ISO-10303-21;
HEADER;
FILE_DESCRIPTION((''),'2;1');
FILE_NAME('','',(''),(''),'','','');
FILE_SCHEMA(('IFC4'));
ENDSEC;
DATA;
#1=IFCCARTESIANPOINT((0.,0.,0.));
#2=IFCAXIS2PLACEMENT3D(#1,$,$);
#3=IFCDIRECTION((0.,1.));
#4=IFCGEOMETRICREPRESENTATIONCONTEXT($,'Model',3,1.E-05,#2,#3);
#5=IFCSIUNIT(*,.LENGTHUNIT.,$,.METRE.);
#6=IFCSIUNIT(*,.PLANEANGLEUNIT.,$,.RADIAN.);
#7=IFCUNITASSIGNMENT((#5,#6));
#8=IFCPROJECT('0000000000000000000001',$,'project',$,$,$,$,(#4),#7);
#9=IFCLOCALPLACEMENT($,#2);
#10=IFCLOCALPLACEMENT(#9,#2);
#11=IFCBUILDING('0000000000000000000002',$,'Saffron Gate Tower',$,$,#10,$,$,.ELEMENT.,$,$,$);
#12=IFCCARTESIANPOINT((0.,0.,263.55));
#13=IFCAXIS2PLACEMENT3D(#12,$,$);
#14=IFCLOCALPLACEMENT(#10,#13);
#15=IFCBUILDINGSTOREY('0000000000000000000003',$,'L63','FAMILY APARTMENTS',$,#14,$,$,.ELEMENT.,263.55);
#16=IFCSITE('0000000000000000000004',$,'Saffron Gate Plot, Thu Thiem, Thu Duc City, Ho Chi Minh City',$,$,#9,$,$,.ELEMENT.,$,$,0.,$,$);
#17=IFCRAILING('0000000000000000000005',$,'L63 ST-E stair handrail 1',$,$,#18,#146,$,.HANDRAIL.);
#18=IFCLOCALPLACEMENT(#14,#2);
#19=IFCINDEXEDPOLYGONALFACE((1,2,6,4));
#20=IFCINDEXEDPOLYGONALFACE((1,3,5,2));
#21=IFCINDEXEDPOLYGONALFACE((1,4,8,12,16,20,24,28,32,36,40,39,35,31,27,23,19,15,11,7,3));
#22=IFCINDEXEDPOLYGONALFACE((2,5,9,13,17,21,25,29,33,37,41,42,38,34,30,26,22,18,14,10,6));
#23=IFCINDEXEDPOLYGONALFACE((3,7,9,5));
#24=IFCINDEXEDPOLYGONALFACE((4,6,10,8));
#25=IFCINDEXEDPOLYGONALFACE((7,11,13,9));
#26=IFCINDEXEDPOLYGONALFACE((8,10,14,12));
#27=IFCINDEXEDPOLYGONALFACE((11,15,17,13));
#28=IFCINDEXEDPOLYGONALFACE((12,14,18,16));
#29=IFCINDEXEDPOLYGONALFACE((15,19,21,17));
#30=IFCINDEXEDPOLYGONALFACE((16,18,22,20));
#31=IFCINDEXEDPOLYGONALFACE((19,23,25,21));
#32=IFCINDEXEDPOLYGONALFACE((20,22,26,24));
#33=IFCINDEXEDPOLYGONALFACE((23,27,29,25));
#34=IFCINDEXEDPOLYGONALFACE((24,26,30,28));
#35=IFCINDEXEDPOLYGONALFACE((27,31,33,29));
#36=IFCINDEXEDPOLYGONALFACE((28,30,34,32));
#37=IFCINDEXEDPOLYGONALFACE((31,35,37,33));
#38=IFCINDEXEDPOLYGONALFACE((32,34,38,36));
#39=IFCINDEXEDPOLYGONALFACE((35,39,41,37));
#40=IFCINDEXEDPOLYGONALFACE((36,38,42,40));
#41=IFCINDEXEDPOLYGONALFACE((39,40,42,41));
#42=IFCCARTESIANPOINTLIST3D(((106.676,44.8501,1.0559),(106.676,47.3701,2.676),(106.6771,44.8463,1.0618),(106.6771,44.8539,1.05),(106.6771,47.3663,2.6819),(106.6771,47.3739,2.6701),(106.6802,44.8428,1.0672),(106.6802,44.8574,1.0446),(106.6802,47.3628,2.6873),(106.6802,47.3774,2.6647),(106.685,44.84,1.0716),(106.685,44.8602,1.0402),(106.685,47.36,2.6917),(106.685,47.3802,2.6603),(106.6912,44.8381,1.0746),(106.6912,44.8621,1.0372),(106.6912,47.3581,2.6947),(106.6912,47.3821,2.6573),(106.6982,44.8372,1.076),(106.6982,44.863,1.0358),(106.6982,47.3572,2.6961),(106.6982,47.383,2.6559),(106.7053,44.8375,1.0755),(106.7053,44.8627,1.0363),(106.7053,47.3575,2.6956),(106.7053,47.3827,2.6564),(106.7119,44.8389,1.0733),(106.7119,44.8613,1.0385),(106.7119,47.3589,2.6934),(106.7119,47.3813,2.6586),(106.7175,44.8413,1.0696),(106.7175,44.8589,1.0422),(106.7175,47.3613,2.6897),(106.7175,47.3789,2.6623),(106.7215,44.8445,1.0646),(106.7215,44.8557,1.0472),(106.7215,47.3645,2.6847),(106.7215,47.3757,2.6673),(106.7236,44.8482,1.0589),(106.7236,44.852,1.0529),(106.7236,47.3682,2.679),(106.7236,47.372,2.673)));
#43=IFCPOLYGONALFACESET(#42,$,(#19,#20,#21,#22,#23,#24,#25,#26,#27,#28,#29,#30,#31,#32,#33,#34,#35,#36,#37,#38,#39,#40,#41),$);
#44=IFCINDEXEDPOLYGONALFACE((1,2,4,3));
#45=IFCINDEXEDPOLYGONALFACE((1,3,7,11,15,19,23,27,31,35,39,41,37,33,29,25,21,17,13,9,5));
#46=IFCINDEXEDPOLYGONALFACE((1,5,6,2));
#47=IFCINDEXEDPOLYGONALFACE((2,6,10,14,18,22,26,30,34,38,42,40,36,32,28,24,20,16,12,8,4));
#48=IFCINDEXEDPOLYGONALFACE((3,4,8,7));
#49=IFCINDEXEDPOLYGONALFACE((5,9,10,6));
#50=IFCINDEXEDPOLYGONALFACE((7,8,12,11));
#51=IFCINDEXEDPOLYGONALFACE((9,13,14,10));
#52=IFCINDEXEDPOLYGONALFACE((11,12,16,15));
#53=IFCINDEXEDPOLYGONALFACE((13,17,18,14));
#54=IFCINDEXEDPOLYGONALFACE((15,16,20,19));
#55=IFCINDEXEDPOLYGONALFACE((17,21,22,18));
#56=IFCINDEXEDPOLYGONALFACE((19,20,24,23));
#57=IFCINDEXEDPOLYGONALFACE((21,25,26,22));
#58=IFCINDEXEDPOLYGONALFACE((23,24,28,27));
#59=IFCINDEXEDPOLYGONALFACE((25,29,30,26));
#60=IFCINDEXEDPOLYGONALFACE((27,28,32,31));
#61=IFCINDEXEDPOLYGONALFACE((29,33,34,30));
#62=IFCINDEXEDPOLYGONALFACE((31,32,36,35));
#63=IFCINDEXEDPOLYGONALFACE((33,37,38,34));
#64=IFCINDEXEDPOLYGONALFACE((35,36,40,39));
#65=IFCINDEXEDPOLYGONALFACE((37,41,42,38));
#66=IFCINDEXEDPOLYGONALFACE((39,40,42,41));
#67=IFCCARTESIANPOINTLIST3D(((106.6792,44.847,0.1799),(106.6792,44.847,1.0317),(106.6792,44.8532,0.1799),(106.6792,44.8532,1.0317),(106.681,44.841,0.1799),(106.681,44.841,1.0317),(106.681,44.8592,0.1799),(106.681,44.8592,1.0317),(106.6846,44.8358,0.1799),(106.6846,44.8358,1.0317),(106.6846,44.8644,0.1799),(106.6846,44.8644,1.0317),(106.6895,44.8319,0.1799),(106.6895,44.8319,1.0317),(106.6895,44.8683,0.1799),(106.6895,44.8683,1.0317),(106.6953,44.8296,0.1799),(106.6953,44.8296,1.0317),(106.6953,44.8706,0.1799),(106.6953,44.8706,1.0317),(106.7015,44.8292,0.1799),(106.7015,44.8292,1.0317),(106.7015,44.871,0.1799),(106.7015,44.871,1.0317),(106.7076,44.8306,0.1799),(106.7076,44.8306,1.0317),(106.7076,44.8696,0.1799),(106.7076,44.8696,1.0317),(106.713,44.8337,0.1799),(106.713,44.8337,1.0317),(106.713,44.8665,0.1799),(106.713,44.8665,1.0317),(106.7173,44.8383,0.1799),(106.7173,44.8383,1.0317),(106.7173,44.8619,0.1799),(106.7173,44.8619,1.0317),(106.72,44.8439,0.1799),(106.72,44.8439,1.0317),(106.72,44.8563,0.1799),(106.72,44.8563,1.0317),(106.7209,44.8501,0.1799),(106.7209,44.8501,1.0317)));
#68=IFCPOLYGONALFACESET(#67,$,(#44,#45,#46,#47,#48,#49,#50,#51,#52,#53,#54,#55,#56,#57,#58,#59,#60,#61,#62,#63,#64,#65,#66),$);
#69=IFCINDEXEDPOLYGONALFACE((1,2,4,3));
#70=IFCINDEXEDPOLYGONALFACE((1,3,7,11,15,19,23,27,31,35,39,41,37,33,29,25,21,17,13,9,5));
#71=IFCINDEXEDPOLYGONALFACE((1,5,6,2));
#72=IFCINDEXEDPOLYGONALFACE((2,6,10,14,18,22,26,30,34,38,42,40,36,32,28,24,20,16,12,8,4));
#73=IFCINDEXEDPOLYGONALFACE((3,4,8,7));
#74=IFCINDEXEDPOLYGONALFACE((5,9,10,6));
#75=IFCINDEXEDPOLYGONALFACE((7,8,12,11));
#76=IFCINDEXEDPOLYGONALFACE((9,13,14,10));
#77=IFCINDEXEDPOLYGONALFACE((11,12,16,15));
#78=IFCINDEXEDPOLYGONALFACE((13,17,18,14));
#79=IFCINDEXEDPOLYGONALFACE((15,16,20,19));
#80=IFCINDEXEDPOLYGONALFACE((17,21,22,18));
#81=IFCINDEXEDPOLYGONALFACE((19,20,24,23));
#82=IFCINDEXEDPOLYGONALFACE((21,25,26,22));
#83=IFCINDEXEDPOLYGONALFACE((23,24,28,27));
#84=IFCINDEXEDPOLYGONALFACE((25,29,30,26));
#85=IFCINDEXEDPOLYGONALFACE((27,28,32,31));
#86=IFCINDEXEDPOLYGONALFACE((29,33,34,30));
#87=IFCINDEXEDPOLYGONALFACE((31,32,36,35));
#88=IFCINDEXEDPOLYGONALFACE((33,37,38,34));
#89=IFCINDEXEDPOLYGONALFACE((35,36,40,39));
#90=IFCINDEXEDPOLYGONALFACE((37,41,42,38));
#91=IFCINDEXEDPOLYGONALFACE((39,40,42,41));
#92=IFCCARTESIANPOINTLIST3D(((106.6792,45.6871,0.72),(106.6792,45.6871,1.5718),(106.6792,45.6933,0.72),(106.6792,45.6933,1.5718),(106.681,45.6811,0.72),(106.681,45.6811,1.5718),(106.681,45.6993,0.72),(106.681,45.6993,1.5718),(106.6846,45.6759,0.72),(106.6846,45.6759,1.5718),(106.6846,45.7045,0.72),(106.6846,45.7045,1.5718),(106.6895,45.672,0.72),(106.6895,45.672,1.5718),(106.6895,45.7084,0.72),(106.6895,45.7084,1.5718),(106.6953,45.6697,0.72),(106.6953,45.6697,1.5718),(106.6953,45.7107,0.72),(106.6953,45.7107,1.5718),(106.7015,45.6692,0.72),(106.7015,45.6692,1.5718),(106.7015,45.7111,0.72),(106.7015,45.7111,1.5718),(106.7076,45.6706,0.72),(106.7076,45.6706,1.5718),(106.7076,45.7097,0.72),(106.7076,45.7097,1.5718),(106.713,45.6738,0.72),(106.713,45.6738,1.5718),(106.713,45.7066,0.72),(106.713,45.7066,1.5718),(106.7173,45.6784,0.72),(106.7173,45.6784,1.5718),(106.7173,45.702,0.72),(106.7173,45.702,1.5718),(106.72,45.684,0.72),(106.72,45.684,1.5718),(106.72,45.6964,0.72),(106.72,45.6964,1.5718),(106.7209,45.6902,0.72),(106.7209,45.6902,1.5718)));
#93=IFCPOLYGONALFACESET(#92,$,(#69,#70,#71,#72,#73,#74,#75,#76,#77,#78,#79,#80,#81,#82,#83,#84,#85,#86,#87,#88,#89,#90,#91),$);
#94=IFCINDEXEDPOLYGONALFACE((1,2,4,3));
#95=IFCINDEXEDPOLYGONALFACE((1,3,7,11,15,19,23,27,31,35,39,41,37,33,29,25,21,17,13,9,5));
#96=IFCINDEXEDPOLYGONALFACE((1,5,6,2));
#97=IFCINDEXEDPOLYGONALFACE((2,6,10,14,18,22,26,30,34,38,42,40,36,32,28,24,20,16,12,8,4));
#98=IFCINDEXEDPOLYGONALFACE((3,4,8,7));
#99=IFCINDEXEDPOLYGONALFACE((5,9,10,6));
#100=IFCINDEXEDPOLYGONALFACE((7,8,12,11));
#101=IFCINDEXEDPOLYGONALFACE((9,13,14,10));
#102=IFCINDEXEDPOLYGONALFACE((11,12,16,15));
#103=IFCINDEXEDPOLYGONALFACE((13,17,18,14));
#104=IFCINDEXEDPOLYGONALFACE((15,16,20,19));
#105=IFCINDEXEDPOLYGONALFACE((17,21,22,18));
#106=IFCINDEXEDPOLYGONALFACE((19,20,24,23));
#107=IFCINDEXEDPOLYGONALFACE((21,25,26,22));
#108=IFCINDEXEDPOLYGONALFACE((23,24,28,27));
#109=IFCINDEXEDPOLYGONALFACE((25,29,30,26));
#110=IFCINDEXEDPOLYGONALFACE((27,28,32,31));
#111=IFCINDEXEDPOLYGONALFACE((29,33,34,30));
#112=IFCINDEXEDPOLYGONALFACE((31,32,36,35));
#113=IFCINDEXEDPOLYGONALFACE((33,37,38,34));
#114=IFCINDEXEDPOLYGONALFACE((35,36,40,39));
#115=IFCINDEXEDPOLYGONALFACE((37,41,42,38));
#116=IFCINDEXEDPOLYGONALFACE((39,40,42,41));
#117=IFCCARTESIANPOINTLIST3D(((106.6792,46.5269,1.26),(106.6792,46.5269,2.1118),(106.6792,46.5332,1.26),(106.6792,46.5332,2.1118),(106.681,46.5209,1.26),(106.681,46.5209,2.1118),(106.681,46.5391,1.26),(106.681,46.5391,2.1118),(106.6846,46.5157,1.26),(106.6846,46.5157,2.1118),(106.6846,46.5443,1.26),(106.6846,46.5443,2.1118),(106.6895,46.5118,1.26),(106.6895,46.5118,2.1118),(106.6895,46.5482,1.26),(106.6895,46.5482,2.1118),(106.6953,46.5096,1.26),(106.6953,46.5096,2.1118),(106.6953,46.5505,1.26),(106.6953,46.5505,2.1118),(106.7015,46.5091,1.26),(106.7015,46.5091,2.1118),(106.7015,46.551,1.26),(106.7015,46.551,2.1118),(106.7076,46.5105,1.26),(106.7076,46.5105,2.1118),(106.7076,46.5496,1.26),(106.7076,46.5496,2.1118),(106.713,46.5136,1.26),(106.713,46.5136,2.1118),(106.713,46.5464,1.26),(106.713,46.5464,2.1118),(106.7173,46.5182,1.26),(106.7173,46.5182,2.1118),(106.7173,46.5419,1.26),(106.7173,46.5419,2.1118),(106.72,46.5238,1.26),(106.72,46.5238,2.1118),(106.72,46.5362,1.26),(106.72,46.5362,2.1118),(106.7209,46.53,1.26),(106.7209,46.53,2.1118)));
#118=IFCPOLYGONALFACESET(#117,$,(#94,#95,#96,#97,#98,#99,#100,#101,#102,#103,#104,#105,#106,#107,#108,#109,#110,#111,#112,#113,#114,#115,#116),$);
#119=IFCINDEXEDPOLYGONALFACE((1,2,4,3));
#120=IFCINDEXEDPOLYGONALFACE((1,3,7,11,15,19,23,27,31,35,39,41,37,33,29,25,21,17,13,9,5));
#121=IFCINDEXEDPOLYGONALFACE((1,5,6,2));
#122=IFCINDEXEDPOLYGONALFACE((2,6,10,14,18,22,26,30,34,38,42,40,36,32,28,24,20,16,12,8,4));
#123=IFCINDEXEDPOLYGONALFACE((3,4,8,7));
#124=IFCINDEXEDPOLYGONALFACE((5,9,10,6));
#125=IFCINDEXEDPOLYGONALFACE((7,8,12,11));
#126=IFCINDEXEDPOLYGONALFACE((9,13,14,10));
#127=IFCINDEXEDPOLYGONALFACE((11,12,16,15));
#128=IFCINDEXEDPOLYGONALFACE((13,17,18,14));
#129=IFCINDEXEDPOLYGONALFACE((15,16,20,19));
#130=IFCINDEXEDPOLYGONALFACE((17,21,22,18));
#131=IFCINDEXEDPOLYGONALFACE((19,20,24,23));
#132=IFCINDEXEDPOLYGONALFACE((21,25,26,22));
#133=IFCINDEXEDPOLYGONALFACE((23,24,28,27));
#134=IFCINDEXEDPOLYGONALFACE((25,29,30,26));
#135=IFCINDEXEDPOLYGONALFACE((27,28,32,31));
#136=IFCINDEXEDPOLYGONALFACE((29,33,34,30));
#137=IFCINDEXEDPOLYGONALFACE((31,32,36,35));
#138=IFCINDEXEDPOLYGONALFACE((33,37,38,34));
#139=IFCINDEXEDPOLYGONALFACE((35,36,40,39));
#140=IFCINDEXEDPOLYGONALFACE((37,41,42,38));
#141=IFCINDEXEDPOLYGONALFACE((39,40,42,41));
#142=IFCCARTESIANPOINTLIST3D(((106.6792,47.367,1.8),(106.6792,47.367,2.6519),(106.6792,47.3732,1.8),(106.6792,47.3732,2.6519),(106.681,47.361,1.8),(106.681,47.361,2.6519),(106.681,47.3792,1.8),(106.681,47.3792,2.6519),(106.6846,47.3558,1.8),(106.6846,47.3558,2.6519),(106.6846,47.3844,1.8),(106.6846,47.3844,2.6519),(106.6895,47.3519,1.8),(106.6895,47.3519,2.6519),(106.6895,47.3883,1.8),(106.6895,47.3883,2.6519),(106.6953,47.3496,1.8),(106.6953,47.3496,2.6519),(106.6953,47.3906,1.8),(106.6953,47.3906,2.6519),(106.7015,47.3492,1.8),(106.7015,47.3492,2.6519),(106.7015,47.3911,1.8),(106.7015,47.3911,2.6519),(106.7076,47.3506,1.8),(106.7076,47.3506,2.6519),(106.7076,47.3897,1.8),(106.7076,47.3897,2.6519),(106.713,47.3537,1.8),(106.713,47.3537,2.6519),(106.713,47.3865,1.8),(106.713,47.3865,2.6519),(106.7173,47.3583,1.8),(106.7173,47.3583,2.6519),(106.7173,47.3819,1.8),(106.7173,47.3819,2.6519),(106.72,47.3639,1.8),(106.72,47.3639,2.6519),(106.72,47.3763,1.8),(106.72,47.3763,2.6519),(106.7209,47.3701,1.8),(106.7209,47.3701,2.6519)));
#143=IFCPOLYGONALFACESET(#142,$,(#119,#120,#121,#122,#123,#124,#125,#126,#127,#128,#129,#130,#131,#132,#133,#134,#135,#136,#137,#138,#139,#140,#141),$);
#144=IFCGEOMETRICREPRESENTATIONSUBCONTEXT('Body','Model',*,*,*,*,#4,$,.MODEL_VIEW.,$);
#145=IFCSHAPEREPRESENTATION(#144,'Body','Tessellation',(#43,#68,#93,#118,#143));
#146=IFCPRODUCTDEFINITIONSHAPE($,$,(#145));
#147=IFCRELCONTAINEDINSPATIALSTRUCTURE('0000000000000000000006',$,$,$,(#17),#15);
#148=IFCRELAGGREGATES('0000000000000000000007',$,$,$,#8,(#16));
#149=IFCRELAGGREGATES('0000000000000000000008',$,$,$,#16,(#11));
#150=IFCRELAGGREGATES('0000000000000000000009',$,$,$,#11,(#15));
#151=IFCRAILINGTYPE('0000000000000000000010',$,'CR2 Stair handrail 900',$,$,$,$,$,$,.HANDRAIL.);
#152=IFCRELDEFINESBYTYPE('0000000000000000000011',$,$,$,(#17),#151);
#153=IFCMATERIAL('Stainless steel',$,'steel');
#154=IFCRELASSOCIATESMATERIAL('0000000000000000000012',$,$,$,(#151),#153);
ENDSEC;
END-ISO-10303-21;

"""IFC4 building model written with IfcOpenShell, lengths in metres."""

from ifc_helpers import new_model, si_unit, direction, frame, origin, origin_2d, place, context, subcontext, project, spatial, circle, extrude, material, type_object, element, save


model = new_model("IFC4")

# Units and contexts
model_context = context("Model", 3, precision=1e-05, world=origin(), true_north=direction((0.0, 1.0)))
body_context = subcontext(model_context, "Body", "Model", "MODEL_VIEW")
ifc_project = project(units=[si_unit("LENGTHUNIT", "METRE"), si_unit("PLANEANGLEUNIT", "RADIAN")], contexts=[model_context])

# Site, building, storey
site_placement = place(None, origin())
site = spatial("IfcSite", under=ifc_project, at=site_placement, Name="Saffron Gate Plot, Thu Thiem, Thu Duc City, Ho Chi Minh City", CompositionType="ELEMENT", RefElevation=0.0)
building_placement = place(site_placement, origin())
building = spatial("IfcBuilding", under=site, at=building_placement, Name="Saffron Gate Tower", CompositionType="ELEMENT")
storey_placement = place(building_placement, frame((0.0, 0.0, 263.55)))
storey = spatial("IfcBuildingStorey", under=building, at=storey_placement, Name="L63", Description="FAMILY APARTMENTS", CompositionType="ELEMENT", Elevation=263.55)

# Railing
ifc_material_1 = material(Name="Stainless steel", Category="steel")
railing_type_1 = type_object("IfcRailingType", Name="CR2 Stair handrail 900", PredefinedType="HANDRAIL", material=ifc_material_1)
railing_1_placement = place(storey_placement, frame((106.7, 44.8501, 0.1799)))
element("IfcRailing", 1, at=railing_1_placement, inside=storey, type_object=railing_type_1, Name="L63 ST-E stair handrail 1", PredefinedType="HANDRAIL", context=body_context, shape_type="SweptSolid", body=[
    extrude(circle(Radius=0.0239, at=origin_2d()), frame((0.0, 0.0, 0.876), z_axis=(0.0, 0.841163, 0.540782), x_axis=(-1.0, 0.0, 0.0)), (0.0, 0.0, 1.0), 2.9958),
    extrude(circle(Radius=0.021, at=origin_2d()), origin(), (0.0, 0.0, 1.0), 0.8518),
    extrude(circle(Radius=0.021, at=origin_2d()), frame((0.0, 0.8401, 0.54)), (0.0, 0.0, 1.0), 0.8518),
    extrude(circle(Radius=0.021, at=origin_2d()), frame((0.0, 1.6799, 1.0801)), (0.0, 0.0, 1.0), 0.8518),
    extrude(circle(Radius=0.021, at=origin_2d()), frame((0.0, 2.52, 1.6201)), (0.0, 0.0, 1.0), 0.8518),
])

save(model, "model.ifc")
